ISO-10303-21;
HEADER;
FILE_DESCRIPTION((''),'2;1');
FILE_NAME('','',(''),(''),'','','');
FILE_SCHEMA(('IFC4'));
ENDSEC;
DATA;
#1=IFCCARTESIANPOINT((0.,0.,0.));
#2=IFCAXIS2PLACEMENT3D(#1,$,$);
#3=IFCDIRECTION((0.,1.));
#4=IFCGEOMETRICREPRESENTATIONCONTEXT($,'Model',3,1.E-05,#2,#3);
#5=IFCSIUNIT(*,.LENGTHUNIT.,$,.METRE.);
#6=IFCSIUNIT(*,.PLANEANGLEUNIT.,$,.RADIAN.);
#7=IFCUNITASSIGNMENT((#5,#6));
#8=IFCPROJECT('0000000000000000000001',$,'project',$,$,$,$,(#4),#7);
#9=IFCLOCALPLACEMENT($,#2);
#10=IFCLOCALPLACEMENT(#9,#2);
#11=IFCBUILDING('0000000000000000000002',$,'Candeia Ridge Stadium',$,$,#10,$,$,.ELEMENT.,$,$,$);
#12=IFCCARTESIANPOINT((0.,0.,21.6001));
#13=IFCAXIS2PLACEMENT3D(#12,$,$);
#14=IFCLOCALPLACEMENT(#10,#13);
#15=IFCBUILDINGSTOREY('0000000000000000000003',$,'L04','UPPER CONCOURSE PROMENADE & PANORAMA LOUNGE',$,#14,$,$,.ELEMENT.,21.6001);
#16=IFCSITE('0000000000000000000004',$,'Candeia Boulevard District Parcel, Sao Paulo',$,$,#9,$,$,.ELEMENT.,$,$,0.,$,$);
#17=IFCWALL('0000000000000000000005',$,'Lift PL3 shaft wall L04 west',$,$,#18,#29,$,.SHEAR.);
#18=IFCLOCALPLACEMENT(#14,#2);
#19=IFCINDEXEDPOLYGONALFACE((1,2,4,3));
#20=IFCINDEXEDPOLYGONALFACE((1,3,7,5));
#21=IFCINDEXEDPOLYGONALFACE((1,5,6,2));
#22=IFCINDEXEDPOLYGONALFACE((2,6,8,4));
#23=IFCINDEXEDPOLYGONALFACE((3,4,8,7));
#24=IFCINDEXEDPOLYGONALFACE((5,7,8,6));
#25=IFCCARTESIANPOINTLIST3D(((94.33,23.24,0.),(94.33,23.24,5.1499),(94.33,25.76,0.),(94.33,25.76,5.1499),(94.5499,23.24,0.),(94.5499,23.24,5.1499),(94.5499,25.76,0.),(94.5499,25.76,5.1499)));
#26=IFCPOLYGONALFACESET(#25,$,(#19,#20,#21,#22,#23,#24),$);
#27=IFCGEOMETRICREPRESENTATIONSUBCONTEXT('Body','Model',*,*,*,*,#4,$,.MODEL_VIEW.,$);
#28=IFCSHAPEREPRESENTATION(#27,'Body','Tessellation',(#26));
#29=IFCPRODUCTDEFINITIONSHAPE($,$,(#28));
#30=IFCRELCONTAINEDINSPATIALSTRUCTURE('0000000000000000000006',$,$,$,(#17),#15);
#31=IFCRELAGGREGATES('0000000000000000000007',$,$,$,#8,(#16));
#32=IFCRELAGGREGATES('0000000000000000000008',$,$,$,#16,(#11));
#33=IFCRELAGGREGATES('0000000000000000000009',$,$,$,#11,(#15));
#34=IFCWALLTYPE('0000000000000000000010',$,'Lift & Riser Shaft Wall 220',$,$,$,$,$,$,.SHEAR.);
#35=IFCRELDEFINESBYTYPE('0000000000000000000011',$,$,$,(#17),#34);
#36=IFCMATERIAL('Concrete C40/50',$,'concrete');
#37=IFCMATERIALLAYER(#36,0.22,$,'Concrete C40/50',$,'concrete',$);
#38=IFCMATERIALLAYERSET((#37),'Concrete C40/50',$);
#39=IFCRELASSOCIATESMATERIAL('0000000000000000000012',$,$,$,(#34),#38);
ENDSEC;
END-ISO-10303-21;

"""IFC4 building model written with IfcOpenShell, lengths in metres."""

from ifc_helpers import new_model, si_unit, direction, frame, frame_2d, origin, place, context, subcontext, project, spatial, rectangle, extrude, material, layer, layer_set, type_object, element, save


model = new_model("IFC4")

# Units and contexts
model_context = context("Model", 3, precision=1e-05, world=origin(), true_north=direction((0.0, 1.0)))
body_context = subcontext(model_context, "Body", "Model", "MODEL_VIEW")
ifc_project = project(units=[si_unit("LENGTHUNIT", "METRE"), si_unit("PLANEANGLEUNIT", "RADIAN")], contexts=[model_context])

# Site, building, storey
site_placement = place(None, origin())
site = spatial("IfcSite", under=ifc_project, at=site_placement, Name="Candeia Boulevard District Parcel, Sao Paulo", CompositionType="ELEMENT", RefElevation=0.0)
building_placement = place(site_placement, origin())
building = spatial("IfcBuilding", under=site, at=building_placement, Name="Candeia Ridge Stadium", CompositionType="ELEMENT")
storey_placement = place(building_placement, frame((0.0, 0.0, 21.6001)))
storey = spatial("IfcBuildingStorey", under=building, at=storey_placement, Name="L04", Description="UPPER CONCOURSE PROMENADE & PANORAMA LOUNGE", CompositionType="ELEMENT", Elevation=21.6001)

# Shared definitions
ifc_material_1 = material(Name="Concrete C40/50", Category="concrete")

# Shared definitions
ifc_layer_1 = layer(ifc_material_1, 0.22, Name="Concrete C40/50", Category="concrete")
ifc_layer_set_1 = layer_set([ifc_layer_1], Name="Concrete C40/50")
wall_type_1 = type_object("IfcWallType", Name="Lift & Riser Shaft Wall 220", PredefinedType="SHEAR", material=ifc_layer_set_1)

# Wall
wall_1_placement = place(storey_placement, frame((94.4399, 25.76, 0.0), z_axis=(0.0, 0.0, 1.0), x_axis=(0.0, -1.0, 0.0)))
element("IfcWall", 1, at=wall_1_placement, inside=storey, type_object=wall_type_1, Name="Lift PL3 shaft wall L04 west", PredefinedType="SHEAR", context=body_context, shape_type="SweptSolid", body=[
    extrude(rectangle(XDim=2.52, YDim=0.22, at=frame_2d((1.26, 0.0))), origin(), (0.0, 0.0, 1.0), 5.1499),
])

save(model, "model.ifc")
